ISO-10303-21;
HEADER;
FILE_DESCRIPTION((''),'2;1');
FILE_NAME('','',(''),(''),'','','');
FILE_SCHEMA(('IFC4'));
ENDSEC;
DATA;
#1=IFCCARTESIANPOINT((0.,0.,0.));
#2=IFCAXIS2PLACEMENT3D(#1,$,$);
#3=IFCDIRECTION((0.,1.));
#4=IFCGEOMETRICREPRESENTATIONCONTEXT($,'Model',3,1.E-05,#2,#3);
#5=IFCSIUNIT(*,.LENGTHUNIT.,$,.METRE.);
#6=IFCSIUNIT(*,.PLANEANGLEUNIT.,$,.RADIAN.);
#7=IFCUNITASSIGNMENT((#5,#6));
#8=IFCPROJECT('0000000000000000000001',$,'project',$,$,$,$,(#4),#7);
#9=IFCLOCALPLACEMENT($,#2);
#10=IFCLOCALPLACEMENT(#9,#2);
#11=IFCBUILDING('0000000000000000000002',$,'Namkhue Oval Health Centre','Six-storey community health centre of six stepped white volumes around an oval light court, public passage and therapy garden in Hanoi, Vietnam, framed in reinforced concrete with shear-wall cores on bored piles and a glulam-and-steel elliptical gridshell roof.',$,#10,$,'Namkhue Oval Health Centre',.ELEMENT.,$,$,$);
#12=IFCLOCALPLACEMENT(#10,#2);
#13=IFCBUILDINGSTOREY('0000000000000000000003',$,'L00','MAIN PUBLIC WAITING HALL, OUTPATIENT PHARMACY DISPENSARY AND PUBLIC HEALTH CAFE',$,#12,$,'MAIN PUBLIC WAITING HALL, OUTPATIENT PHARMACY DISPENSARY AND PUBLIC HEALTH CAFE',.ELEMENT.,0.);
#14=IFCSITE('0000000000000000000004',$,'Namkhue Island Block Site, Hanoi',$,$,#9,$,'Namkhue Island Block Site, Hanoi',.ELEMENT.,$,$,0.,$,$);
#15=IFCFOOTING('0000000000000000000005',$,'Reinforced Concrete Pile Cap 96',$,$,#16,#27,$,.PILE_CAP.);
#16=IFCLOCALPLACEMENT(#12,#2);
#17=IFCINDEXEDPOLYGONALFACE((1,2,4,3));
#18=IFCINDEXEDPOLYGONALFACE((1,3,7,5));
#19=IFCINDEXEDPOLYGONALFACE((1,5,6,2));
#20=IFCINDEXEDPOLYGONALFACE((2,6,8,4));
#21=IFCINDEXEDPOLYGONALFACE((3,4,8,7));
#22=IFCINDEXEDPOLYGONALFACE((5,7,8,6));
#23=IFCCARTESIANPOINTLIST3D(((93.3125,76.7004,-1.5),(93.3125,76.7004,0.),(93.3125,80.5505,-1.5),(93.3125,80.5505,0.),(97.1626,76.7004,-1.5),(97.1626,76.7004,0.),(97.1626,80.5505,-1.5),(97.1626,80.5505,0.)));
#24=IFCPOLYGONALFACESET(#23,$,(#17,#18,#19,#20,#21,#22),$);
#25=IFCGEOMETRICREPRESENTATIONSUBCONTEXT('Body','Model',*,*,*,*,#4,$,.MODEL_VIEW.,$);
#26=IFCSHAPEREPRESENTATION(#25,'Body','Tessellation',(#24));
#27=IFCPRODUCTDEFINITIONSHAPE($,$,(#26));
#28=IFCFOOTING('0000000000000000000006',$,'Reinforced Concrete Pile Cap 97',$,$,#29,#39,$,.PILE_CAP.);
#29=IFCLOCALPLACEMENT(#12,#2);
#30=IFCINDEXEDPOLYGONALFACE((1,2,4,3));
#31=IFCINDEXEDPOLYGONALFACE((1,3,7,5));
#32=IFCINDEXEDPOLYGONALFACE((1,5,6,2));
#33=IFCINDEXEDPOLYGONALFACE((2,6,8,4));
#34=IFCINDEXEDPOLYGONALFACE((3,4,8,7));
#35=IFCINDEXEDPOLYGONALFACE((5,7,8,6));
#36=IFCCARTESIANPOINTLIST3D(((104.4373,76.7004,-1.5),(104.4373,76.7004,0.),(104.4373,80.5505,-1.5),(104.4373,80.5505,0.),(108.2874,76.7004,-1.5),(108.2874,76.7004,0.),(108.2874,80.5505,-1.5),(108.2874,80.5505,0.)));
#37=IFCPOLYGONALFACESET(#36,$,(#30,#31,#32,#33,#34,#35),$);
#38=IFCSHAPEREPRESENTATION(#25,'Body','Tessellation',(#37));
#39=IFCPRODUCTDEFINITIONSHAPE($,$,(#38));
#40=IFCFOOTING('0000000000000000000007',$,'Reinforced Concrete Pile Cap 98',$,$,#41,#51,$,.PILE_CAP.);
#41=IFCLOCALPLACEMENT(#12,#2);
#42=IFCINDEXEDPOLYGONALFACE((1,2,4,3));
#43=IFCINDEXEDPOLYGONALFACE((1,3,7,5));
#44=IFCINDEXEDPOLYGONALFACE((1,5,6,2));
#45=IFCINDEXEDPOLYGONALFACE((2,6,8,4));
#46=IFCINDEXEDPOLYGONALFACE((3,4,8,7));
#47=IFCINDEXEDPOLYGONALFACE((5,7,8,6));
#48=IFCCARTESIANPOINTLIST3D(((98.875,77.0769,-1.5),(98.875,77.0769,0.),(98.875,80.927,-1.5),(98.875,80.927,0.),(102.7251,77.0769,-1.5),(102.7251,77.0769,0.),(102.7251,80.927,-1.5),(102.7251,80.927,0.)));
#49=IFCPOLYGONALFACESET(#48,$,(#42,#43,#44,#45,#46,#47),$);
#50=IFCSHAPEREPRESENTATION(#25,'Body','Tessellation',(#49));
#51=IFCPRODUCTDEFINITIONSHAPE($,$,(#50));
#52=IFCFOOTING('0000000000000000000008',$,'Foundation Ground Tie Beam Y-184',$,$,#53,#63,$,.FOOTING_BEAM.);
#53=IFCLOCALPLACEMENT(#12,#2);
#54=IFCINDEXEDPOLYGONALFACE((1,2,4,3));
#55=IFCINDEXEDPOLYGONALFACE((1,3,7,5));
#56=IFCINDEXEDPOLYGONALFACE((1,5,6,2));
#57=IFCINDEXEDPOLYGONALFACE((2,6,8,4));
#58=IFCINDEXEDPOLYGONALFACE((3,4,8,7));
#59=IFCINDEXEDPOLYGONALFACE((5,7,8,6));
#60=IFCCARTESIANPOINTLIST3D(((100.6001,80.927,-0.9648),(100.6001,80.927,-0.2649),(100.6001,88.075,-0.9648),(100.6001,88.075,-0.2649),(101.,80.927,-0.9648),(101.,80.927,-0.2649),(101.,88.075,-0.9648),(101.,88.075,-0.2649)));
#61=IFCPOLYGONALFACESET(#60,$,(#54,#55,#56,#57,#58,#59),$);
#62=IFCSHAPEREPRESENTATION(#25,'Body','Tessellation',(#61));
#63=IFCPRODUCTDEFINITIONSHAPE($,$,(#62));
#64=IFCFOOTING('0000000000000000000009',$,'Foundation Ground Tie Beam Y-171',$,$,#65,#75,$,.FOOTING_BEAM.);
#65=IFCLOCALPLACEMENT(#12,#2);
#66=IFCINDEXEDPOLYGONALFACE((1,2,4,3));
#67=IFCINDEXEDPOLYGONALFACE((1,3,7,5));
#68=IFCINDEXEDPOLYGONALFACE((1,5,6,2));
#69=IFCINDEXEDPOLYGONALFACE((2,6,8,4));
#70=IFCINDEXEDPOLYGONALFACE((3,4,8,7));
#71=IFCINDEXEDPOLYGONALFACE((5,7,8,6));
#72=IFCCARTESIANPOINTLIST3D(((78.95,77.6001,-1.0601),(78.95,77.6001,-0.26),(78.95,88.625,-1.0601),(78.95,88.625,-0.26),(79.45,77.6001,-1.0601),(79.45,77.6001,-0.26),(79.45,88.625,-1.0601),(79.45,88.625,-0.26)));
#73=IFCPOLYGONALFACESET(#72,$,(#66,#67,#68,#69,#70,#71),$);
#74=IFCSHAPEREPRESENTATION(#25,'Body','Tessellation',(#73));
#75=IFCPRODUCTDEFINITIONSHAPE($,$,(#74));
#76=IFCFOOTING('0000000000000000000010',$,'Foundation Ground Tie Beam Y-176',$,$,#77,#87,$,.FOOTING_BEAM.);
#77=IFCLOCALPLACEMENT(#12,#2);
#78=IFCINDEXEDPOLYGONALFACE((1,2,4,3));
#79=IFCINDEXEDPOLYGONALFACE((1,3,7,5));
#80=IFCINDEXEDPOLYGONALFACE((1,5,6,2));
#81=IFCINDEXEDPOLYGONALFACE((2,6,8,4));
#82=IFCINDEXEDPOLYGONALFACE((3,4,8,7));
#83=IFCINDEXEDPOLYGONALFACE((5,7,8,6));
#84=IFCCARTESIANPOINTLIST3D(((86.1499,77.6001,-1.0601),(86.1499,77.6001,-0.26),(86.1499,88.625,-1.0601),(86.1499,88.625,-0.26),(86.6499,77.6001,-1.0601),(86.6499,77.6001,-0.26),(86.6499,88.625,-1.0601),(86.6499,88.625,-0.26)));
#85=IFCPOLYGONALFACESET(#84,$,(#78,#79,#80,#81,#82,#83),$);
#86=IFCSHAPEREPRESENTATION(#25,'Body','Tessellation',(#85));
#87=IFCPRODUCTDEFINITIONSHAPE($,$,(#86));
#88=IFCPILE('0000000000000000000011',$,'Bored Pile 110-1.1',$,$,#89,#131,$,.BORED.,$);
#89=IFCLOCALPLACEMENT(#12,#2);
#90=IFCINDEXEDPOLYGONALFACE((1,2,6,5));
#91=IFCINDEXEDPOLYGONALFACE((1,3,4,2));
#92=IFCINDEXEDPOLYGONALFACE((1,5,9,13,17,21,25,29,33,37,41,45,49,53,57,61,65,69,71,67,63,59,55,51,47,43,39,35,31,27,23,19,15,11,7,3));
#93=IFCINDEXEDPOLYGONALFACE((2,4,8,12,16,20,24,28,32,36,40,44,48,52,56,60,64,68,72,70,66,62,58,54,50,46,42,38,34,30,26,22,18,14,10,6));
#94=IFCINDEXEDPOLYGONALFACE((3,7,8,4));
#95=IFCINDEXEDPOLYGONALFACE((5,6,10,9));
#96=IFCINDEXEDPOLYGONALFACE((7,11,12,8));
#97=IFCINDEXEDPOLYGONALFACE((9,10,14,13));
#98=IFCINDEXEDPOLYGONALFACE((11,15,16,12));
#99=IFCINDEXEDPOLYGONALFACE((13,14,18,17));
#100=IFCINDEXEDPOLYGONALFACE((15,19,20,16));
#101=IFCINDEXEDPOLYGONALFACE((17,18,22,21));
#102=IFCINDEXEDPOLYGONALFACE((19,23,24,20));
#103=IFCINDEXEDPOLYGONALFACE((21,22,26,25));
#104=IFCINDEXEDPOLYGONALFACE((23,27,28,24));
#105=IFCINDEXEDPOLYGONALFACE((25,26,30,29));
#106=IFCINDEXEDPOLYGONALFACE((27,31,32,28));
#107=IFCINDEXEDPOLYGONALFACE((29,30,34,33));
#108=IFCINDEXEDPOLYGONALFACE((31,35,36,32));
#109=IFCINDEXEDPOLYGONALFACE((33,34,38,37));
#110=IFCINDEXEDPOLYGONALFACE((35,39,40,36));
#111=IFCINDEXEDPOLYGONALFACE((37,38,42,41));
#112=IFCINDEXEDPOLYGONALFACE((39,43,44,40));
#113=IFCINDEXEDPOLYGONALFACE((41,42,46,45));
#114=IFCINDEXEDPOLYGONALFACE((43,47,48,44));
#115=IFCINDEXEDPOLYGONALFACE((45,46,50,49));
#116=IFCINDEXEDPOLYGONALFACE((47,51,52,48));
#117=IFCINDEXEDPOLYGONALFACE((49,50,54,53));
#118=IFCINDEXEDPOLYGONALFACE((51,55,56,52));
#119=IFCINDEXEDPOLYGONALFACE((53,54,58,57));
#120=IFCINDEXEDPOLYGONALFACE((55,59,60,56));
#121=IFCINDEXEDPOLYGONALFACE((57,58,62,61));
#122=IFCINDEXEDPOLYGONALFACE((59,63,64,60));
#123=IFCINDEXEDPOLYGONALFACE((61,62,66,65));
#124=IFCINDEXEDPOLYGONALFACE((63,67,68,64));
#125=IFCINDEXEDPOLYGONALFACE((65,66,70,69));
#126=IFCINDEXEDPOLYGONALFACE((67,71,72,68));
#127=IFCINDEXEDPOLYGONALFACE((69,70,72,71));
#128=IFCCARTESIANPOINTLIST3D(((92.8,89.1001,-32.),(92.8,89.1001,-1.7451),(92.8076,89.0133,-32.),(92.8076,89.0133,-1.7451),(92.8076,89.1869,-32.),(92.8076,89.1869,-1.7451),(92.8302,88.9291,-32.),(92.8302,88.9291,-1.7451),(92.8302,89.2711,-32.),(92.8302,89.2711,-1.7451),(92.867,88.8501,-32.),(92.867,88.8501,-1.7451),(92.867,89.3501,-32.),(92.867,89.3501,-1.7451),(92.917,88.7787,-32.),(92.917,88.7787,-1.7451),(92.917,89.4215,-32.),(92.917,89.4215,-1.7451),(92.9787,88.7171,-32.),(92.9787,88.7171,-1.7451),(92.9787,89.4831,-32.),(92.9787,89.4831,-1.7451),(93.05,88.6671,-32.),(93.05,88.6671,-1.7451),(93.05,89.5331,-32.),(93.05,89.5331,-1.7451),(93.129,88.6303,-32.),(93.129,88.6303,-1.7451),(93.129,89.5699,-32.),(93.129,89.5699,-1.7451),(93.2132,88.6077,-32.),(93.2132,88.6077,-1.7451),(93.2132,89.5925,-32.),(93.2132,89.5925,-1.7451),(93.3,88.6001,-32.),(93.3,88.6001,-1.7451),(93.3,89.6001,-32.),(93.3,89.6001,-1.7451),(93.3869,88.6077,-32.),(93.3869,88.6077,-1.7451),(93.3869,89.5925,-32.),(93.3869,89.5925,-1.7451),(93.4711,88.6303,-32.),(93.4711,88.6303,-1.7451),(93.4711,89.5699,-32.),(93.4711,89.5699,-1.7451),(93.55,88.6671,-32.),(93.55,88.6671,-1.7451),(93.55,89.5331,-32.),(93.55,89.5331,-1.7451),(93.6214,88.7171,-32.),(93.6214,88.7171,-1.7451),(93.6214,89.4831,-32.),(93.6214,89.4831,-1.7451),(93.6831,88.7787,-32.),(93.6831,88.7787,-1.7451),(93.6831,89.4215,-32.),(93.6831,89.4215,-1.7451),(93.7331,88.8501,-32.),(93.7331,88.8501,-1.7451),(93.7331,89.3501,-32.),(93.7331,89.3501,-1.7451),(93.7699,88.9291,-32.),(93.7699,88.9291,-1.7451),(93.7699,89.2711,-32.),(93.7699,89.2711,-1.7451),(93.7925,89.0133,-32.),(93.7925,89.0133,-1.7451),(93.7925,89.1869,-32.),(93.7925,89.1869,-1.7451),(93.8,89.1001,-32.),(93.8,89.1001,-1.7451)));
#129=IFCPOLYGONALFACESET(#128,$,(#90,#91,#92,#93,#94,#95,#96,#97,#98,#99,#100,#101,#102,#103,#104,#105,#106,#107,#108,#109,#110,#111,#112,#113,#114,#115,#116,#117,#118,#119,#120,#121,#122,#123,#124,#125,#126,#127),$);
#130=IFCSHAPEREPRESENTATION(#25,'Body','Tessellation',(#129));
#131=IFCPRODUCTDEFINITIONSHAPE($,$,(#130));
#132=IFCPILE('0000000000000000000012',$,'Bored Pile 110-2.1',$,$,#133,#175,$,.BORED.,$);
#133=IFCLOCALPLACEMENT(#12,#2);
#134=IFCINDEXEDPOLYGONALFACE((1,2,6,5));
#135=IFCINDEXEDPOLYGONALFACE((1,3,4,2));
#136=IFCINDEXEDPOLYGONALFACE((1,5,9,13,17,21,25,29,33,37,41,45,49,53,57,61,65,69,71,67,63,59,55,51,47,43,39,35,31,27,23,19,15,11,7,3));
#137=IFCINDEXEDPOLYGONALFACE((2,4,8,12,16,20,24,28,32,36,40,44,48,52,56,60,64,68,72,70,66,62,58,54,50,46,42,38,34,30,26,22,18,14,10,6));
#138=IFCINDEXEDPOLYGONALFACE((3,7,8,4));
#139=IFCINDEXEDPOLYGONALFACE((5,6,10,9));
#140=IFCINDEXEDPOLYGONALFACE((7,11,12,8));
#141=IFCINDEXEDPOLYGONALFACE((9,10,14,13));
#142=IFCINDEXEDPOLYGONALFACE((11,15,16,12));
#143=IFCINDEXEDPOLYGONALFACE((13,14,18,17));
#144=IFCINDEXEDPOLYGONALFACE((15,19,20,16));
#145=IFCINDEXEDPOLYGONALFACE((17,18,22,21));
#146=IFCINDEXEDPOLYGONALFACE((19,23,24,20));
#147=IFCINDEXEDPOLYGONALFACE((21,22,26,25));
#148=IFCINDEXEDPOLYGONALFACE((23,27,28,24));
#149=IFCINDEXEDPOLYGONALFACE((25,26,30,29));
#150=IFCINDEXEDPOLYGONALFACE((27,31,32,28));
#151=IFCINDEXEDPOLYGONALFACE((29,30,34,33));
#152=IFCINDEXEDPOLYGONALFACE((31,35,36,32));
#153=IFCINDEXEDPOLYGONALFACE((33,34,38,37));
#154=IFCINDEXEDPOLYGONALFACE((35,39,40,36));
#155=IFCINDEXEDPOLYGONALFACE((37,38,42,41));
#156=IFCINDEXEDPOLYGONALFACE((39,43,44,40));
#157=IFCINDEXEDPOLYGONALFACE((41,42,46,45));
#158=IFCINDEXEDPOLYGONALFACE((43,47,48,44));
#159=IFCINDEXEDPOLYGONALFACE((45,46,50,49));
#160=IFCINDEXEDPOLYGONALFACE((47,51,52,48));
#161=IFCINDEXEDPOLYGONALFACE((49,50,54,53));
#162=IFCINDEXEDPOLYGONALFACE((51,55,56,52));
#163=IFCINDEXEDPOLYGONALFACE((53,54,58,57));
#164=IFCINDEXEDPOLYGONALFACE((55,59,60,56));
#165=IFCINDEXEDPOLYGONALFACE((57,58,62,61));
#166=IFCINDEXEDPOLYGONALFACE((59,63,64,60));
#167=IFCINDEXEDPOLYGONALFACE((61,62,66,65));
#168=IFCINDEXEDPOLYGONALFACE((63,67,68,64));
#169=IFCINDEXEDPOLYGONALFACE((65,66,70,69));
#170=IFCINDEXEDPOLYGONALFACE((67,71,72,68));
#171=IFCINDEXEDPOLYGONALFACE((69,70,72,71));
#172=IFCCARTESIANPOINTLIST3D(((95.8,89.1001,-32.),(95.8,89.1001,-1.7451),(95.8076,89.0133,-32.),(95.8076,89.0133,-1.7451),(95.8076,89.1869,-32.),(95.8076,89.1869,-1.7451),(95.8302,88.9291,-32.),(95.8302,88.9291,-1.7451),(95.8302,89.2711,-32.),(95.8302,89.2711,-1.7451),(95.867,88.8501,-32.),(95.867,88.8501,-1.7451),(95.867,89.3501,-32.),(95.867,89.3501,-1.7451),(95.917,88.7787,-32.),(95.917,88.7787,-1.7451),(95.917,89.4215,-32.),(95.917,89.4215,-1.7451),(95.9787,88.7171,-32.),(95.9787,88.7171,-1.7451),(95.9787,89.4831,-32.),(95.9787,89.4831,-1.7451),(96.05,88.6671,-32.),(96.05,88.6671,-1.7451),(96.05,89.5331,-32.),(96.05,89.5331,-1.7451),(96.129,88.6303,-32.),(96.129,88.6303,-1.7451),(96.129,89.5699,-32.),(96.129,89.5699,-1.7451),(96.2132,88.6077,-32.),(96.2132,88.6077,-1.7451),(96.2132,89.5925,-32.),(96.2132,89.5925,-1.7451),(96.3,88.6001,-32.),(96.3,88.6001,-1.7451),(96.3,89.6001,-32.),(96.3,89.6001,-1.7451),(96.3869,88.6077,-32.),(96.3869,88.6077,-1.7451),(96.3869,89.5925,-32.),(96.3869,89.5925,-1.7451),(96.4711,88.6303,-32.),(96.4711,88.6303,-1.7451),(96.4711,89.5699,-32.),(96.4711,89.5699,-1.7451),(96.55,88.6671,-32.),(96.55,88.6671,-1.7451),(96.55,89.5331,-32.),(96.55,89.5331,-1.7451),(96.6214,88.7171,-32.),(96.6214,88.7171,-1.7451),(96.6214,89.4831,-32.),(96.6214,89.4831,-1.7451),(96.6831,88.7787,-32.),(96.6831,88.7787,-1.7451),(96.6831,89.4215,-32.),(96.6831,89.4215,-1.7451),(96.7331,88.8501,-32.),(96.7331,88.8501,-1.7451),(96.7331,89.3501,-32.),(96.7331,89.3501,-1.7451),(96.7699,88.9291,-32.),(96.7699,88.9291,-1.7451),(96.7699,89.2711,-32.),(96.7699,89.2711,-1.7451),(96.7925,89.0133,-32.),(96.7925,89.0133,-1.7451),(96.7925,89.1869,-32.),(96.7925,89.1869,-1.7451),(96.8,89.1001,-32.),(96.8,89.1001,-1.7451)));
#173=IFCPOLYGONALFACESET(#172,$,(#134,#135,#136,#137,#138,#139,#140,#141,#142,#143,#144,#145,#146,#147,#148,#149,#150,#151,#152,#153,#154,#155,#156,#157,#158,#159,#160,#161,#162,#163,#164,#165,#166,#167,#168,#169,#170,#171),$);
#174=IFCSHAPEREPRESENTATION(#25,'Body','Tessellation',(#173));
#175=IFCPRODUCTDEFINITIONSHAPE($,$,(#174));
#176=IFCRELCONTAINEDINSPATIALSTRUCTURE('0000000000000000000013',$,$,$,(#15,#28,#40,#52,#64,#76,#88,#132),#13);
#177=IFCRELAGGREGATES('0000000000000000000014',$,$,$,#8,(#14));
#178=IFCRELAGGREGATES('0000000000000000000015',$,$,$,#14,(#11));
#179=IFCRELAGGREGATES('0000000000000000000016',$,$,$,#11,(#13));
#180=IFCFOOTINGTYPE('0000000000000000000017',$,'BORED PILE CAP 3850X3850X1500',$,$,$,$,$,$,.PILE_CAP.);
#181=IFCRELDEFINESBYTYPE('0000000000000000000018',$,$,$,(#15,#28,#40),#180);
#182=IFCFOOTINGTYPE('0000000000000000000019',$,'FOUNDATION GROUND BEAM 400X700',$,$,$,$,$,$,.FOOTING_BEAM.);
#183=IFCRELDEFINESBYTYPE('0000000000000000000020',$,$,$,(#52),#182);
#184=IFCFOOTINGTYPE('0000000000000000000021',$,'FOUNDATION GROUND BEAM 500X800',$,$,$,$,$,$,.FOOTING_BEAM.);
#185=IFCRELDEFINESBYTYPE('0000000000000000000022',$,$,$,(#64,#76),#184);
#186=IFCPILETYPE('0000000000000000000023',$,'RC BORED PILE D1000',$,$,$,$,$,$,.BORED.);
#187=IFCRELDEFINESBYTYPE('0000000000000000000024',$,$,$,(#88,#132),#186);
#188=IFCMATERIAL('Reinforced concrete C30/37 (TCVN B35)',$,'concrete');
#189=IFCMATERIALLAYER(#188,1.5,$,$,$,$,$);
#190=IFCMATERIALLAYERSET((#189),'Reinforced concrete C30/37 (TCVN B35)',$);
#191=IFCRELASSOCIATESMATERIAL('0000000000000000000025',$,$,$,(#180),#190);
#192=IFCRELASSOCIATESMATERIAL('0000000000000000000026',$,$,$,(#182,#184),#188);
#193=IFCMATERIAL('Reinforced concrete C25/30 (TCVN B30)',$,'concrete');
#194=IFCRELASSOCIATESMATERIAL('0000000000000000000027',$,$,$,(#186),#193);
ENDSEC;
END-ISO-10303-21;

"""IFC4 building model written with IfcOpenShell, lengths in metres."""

from ifc_helpers import new_model, si_unit, direction, frame, origin, origin_2d, place, context, subcontext, project, spatial, rectangle, circle, extrude, material, layer, layer_set, material_profile, profile_set, type_object, element, save


model = new_model("IFC4")

# Units and contexts
model_context = context("Model", 3, precision=1e-05, world=origin(), true_north=direction((0.0, 1.0)))
body_context = subcontext(model_context, "Body", "Model", "MODEL_VIEW")
ifc_project = project(units=[si_unit("LENGTHUNIT", "METRE"), si_unit("PLANEANGLEUNIT", "RADIAN")], contexts=[model_context])

# Site, building, storey
site_placement = place(None, origin())
site = spatial("IfcSite", under=ifc_project, at=site_placement, Name="Namkhue Island Block Site, Hanoi", LongName="Namkhue Island Block Site, Hanoi", CompositionType="ELEMENT", RefElevation=0.0)
building_placement = place(site_placement, origin())
building = spatial("IfcBuilding", under=site, at=building_placement, Name="Namkhue Oval Health Centre", Description="Six-storey community health centre of six stepped white volumes around an oval light court, public passage and therapy garden in Hanoi, Vietnam, framed in reinforced concrete with shear-wall cores on bored piles and a glulam-and-steel elliptical gridshell roof.", LongName="Namkhue Oval Health Centre", CompositionType="ELEMENT")
storey_placement = place(building_placement, origin())
storey = spatial("IfcBuildingStorey", under=building, at=storey_placement, Name="L00", Description="MAIN PUBLIC WAITING HALL, OUTPATIENT PHARMACY DISPENSARY AND PUBLIC HEALTH CAFE", LongName="MAIN PUBLIC WAITING HALL, OUTPATIENT PHARMACY DISPENSARY AND PUBLIC HEALTH CAFE", CompositionType="ELEMENT", Elevation=0.0)

# Footings
ifc_material_1 = material(Name="Reinforced concrete C30/37 (TCVN B35)", Category="concrete")
ifc_layer_1 = layer(ifc_material_1, 1.5)
ifc_layer_set_1 = layer_set([ifc_layer_1], Name="Reinforced concrete C30/37 (TCVN B35)")
footing_type_1 = type_object("IfcFootingType", Name="BORED PILE CAP 3850X3850X1500", PredefinedType="PILE_CAP", material=ifc_layer_set_1)
for number, where, z_axis, x_axis, name in (
    (1, (95.2375, 78.6255, -1.5), (0.0, 0.0, 1.0), (1.0, 0.0, 0.0), "Reinforced Concrete Pile Cap 96"),
    (2, (106.3623, 78.6255, -1.5), (0.0, 0.0, 1.0), (1.0, 0.0, 0.0), "Reinforced Concrete Pile Cap 97"),
    (3, (100.8, 79.002, -1.5), (0.0, 0.0, 1.0), (1.0, 0.0, 0.0), "Reinforced Concrete Pile Cap 98"),
):
    element("IfcFooting", number, at=place(storey_placement, frame(where, z_axis=z_axis, x_axis=x_axis)), inside=storey, type_object=footing_type_1, Name=name, PredefinedType="PILE_CAP", context=body_context, shape_type="SweptSolid", body=[
        extrude(rectangle(XDim=3.8501, YDim=3.8501, at=origin_2d()), origin(), (0.0, 0.0, 1.0), 1.5),
    ])
footing_type_2 = type_object("IfcFootingType", Name="FOUNDATION GROUND BEAM 400X700", PredefinedType="FOOTING_BEAM", material=ifc_material_1)
footing_placement = place(storey_placement, frame((100.8, 84.501, -0.9648), z_axis=(0.0, 0.0, 1.0), x_axis=(0.0, 1.0, 0.0)))
element("IfcFooting", 4, at=footing_placement, inside=storey, type_object=footing_type_2, Name="Foundation Ground Tie Beam Y-184", PredefinedType="FOOTING_BEAM", context=body_context, shape_type="SweptSolid", body=[
    extrude(rectangle(XDim=7.1479, YDim=0.3999, at=origin_2d()), origin(), (0.0, 0.0, 1.0), 0.7),
])
footing_type_3 = type_object("IfcFootingType", Name="FOUNDATION GROUND BEAM 500X800", PredefinedType="FOOTING_BEAM", material=ifc_material_1)
for number, where, z_axis, x_axis, name in (
    (5, (79.2, 83.1125, -1.0601), (0.0, 0.0, 1.0), (0.0, 1.0, 0.0), "Foundation Ground Tie Beam Y-171"),
    (6, (86.3999, 83.1125, -1.0601), (0.0, 0.0, 1.0), (0.0, 1.0, 0.0), "Foundation Ground Tie Beam Y-176"),
):
    element("IfcFooting", number, at=place(storey_placement, frame(where, z_axis=z_axis, x_axis=x_axis)), inside=storey, type_object=footing_type_3, Name=name, PredefinedType="FOOTING_BEAM", context=body_context, shape_type="SweptSolid", body=[
        extrude(rectangle(XDim=11.0249, YDim=0.5, at=origin_2d()), origin(), (0.0, 0.0, 1.0), 0.8),
    ])

# Piles
ifc_material_2 = material(Name="Reinforced concrete C25/30 (TCVN B30)", Category="concrete")
ifc_material_profile_1 = material_profile(ifc_material_2, circle(Radius=0.5, at=origin_2d()), Name="BORED PILE D1000")
ifc_profile_set_1 = profile_set([ifc_material_profile_1], Name="Reinforced concrete C25/30 (TCVN B30)")
pile_type_1 = type_object("IfcPileType", Name="RC BORED PILE D1000", PredefinedType="BORED", material=ifc_profile_set_1)
for number, where, z_axis, x_axis, name in (
    (7, (93.3, 89.1001, -1.7451), (0.0, 0.0, -1.0), (1.0, 0.0, 0.0), "Bored Pile 110-1.1"),
    (8, (96.3, 89.1001, -1.7451), (0.0, 0.0, -1.0), (1.0, 0.0, 0.0), "Bored Pile 110-2.1"),
):
    element("IfcPile", number, at=place(storey_placement, frame(where, z_axis=z_axis, x_axis=x_axis)), inside=storey, type_object=pile_type_1, Name=name, PredefinedType="BORED", context=body_context, shape_type="SweptSolid", body=[
        extrude(circle(Radius=0.5, at=origin_2d()), origin(), (0.0, 0.0, 1.0), 30.2549),
    ])

save(model, "model.ifc")
